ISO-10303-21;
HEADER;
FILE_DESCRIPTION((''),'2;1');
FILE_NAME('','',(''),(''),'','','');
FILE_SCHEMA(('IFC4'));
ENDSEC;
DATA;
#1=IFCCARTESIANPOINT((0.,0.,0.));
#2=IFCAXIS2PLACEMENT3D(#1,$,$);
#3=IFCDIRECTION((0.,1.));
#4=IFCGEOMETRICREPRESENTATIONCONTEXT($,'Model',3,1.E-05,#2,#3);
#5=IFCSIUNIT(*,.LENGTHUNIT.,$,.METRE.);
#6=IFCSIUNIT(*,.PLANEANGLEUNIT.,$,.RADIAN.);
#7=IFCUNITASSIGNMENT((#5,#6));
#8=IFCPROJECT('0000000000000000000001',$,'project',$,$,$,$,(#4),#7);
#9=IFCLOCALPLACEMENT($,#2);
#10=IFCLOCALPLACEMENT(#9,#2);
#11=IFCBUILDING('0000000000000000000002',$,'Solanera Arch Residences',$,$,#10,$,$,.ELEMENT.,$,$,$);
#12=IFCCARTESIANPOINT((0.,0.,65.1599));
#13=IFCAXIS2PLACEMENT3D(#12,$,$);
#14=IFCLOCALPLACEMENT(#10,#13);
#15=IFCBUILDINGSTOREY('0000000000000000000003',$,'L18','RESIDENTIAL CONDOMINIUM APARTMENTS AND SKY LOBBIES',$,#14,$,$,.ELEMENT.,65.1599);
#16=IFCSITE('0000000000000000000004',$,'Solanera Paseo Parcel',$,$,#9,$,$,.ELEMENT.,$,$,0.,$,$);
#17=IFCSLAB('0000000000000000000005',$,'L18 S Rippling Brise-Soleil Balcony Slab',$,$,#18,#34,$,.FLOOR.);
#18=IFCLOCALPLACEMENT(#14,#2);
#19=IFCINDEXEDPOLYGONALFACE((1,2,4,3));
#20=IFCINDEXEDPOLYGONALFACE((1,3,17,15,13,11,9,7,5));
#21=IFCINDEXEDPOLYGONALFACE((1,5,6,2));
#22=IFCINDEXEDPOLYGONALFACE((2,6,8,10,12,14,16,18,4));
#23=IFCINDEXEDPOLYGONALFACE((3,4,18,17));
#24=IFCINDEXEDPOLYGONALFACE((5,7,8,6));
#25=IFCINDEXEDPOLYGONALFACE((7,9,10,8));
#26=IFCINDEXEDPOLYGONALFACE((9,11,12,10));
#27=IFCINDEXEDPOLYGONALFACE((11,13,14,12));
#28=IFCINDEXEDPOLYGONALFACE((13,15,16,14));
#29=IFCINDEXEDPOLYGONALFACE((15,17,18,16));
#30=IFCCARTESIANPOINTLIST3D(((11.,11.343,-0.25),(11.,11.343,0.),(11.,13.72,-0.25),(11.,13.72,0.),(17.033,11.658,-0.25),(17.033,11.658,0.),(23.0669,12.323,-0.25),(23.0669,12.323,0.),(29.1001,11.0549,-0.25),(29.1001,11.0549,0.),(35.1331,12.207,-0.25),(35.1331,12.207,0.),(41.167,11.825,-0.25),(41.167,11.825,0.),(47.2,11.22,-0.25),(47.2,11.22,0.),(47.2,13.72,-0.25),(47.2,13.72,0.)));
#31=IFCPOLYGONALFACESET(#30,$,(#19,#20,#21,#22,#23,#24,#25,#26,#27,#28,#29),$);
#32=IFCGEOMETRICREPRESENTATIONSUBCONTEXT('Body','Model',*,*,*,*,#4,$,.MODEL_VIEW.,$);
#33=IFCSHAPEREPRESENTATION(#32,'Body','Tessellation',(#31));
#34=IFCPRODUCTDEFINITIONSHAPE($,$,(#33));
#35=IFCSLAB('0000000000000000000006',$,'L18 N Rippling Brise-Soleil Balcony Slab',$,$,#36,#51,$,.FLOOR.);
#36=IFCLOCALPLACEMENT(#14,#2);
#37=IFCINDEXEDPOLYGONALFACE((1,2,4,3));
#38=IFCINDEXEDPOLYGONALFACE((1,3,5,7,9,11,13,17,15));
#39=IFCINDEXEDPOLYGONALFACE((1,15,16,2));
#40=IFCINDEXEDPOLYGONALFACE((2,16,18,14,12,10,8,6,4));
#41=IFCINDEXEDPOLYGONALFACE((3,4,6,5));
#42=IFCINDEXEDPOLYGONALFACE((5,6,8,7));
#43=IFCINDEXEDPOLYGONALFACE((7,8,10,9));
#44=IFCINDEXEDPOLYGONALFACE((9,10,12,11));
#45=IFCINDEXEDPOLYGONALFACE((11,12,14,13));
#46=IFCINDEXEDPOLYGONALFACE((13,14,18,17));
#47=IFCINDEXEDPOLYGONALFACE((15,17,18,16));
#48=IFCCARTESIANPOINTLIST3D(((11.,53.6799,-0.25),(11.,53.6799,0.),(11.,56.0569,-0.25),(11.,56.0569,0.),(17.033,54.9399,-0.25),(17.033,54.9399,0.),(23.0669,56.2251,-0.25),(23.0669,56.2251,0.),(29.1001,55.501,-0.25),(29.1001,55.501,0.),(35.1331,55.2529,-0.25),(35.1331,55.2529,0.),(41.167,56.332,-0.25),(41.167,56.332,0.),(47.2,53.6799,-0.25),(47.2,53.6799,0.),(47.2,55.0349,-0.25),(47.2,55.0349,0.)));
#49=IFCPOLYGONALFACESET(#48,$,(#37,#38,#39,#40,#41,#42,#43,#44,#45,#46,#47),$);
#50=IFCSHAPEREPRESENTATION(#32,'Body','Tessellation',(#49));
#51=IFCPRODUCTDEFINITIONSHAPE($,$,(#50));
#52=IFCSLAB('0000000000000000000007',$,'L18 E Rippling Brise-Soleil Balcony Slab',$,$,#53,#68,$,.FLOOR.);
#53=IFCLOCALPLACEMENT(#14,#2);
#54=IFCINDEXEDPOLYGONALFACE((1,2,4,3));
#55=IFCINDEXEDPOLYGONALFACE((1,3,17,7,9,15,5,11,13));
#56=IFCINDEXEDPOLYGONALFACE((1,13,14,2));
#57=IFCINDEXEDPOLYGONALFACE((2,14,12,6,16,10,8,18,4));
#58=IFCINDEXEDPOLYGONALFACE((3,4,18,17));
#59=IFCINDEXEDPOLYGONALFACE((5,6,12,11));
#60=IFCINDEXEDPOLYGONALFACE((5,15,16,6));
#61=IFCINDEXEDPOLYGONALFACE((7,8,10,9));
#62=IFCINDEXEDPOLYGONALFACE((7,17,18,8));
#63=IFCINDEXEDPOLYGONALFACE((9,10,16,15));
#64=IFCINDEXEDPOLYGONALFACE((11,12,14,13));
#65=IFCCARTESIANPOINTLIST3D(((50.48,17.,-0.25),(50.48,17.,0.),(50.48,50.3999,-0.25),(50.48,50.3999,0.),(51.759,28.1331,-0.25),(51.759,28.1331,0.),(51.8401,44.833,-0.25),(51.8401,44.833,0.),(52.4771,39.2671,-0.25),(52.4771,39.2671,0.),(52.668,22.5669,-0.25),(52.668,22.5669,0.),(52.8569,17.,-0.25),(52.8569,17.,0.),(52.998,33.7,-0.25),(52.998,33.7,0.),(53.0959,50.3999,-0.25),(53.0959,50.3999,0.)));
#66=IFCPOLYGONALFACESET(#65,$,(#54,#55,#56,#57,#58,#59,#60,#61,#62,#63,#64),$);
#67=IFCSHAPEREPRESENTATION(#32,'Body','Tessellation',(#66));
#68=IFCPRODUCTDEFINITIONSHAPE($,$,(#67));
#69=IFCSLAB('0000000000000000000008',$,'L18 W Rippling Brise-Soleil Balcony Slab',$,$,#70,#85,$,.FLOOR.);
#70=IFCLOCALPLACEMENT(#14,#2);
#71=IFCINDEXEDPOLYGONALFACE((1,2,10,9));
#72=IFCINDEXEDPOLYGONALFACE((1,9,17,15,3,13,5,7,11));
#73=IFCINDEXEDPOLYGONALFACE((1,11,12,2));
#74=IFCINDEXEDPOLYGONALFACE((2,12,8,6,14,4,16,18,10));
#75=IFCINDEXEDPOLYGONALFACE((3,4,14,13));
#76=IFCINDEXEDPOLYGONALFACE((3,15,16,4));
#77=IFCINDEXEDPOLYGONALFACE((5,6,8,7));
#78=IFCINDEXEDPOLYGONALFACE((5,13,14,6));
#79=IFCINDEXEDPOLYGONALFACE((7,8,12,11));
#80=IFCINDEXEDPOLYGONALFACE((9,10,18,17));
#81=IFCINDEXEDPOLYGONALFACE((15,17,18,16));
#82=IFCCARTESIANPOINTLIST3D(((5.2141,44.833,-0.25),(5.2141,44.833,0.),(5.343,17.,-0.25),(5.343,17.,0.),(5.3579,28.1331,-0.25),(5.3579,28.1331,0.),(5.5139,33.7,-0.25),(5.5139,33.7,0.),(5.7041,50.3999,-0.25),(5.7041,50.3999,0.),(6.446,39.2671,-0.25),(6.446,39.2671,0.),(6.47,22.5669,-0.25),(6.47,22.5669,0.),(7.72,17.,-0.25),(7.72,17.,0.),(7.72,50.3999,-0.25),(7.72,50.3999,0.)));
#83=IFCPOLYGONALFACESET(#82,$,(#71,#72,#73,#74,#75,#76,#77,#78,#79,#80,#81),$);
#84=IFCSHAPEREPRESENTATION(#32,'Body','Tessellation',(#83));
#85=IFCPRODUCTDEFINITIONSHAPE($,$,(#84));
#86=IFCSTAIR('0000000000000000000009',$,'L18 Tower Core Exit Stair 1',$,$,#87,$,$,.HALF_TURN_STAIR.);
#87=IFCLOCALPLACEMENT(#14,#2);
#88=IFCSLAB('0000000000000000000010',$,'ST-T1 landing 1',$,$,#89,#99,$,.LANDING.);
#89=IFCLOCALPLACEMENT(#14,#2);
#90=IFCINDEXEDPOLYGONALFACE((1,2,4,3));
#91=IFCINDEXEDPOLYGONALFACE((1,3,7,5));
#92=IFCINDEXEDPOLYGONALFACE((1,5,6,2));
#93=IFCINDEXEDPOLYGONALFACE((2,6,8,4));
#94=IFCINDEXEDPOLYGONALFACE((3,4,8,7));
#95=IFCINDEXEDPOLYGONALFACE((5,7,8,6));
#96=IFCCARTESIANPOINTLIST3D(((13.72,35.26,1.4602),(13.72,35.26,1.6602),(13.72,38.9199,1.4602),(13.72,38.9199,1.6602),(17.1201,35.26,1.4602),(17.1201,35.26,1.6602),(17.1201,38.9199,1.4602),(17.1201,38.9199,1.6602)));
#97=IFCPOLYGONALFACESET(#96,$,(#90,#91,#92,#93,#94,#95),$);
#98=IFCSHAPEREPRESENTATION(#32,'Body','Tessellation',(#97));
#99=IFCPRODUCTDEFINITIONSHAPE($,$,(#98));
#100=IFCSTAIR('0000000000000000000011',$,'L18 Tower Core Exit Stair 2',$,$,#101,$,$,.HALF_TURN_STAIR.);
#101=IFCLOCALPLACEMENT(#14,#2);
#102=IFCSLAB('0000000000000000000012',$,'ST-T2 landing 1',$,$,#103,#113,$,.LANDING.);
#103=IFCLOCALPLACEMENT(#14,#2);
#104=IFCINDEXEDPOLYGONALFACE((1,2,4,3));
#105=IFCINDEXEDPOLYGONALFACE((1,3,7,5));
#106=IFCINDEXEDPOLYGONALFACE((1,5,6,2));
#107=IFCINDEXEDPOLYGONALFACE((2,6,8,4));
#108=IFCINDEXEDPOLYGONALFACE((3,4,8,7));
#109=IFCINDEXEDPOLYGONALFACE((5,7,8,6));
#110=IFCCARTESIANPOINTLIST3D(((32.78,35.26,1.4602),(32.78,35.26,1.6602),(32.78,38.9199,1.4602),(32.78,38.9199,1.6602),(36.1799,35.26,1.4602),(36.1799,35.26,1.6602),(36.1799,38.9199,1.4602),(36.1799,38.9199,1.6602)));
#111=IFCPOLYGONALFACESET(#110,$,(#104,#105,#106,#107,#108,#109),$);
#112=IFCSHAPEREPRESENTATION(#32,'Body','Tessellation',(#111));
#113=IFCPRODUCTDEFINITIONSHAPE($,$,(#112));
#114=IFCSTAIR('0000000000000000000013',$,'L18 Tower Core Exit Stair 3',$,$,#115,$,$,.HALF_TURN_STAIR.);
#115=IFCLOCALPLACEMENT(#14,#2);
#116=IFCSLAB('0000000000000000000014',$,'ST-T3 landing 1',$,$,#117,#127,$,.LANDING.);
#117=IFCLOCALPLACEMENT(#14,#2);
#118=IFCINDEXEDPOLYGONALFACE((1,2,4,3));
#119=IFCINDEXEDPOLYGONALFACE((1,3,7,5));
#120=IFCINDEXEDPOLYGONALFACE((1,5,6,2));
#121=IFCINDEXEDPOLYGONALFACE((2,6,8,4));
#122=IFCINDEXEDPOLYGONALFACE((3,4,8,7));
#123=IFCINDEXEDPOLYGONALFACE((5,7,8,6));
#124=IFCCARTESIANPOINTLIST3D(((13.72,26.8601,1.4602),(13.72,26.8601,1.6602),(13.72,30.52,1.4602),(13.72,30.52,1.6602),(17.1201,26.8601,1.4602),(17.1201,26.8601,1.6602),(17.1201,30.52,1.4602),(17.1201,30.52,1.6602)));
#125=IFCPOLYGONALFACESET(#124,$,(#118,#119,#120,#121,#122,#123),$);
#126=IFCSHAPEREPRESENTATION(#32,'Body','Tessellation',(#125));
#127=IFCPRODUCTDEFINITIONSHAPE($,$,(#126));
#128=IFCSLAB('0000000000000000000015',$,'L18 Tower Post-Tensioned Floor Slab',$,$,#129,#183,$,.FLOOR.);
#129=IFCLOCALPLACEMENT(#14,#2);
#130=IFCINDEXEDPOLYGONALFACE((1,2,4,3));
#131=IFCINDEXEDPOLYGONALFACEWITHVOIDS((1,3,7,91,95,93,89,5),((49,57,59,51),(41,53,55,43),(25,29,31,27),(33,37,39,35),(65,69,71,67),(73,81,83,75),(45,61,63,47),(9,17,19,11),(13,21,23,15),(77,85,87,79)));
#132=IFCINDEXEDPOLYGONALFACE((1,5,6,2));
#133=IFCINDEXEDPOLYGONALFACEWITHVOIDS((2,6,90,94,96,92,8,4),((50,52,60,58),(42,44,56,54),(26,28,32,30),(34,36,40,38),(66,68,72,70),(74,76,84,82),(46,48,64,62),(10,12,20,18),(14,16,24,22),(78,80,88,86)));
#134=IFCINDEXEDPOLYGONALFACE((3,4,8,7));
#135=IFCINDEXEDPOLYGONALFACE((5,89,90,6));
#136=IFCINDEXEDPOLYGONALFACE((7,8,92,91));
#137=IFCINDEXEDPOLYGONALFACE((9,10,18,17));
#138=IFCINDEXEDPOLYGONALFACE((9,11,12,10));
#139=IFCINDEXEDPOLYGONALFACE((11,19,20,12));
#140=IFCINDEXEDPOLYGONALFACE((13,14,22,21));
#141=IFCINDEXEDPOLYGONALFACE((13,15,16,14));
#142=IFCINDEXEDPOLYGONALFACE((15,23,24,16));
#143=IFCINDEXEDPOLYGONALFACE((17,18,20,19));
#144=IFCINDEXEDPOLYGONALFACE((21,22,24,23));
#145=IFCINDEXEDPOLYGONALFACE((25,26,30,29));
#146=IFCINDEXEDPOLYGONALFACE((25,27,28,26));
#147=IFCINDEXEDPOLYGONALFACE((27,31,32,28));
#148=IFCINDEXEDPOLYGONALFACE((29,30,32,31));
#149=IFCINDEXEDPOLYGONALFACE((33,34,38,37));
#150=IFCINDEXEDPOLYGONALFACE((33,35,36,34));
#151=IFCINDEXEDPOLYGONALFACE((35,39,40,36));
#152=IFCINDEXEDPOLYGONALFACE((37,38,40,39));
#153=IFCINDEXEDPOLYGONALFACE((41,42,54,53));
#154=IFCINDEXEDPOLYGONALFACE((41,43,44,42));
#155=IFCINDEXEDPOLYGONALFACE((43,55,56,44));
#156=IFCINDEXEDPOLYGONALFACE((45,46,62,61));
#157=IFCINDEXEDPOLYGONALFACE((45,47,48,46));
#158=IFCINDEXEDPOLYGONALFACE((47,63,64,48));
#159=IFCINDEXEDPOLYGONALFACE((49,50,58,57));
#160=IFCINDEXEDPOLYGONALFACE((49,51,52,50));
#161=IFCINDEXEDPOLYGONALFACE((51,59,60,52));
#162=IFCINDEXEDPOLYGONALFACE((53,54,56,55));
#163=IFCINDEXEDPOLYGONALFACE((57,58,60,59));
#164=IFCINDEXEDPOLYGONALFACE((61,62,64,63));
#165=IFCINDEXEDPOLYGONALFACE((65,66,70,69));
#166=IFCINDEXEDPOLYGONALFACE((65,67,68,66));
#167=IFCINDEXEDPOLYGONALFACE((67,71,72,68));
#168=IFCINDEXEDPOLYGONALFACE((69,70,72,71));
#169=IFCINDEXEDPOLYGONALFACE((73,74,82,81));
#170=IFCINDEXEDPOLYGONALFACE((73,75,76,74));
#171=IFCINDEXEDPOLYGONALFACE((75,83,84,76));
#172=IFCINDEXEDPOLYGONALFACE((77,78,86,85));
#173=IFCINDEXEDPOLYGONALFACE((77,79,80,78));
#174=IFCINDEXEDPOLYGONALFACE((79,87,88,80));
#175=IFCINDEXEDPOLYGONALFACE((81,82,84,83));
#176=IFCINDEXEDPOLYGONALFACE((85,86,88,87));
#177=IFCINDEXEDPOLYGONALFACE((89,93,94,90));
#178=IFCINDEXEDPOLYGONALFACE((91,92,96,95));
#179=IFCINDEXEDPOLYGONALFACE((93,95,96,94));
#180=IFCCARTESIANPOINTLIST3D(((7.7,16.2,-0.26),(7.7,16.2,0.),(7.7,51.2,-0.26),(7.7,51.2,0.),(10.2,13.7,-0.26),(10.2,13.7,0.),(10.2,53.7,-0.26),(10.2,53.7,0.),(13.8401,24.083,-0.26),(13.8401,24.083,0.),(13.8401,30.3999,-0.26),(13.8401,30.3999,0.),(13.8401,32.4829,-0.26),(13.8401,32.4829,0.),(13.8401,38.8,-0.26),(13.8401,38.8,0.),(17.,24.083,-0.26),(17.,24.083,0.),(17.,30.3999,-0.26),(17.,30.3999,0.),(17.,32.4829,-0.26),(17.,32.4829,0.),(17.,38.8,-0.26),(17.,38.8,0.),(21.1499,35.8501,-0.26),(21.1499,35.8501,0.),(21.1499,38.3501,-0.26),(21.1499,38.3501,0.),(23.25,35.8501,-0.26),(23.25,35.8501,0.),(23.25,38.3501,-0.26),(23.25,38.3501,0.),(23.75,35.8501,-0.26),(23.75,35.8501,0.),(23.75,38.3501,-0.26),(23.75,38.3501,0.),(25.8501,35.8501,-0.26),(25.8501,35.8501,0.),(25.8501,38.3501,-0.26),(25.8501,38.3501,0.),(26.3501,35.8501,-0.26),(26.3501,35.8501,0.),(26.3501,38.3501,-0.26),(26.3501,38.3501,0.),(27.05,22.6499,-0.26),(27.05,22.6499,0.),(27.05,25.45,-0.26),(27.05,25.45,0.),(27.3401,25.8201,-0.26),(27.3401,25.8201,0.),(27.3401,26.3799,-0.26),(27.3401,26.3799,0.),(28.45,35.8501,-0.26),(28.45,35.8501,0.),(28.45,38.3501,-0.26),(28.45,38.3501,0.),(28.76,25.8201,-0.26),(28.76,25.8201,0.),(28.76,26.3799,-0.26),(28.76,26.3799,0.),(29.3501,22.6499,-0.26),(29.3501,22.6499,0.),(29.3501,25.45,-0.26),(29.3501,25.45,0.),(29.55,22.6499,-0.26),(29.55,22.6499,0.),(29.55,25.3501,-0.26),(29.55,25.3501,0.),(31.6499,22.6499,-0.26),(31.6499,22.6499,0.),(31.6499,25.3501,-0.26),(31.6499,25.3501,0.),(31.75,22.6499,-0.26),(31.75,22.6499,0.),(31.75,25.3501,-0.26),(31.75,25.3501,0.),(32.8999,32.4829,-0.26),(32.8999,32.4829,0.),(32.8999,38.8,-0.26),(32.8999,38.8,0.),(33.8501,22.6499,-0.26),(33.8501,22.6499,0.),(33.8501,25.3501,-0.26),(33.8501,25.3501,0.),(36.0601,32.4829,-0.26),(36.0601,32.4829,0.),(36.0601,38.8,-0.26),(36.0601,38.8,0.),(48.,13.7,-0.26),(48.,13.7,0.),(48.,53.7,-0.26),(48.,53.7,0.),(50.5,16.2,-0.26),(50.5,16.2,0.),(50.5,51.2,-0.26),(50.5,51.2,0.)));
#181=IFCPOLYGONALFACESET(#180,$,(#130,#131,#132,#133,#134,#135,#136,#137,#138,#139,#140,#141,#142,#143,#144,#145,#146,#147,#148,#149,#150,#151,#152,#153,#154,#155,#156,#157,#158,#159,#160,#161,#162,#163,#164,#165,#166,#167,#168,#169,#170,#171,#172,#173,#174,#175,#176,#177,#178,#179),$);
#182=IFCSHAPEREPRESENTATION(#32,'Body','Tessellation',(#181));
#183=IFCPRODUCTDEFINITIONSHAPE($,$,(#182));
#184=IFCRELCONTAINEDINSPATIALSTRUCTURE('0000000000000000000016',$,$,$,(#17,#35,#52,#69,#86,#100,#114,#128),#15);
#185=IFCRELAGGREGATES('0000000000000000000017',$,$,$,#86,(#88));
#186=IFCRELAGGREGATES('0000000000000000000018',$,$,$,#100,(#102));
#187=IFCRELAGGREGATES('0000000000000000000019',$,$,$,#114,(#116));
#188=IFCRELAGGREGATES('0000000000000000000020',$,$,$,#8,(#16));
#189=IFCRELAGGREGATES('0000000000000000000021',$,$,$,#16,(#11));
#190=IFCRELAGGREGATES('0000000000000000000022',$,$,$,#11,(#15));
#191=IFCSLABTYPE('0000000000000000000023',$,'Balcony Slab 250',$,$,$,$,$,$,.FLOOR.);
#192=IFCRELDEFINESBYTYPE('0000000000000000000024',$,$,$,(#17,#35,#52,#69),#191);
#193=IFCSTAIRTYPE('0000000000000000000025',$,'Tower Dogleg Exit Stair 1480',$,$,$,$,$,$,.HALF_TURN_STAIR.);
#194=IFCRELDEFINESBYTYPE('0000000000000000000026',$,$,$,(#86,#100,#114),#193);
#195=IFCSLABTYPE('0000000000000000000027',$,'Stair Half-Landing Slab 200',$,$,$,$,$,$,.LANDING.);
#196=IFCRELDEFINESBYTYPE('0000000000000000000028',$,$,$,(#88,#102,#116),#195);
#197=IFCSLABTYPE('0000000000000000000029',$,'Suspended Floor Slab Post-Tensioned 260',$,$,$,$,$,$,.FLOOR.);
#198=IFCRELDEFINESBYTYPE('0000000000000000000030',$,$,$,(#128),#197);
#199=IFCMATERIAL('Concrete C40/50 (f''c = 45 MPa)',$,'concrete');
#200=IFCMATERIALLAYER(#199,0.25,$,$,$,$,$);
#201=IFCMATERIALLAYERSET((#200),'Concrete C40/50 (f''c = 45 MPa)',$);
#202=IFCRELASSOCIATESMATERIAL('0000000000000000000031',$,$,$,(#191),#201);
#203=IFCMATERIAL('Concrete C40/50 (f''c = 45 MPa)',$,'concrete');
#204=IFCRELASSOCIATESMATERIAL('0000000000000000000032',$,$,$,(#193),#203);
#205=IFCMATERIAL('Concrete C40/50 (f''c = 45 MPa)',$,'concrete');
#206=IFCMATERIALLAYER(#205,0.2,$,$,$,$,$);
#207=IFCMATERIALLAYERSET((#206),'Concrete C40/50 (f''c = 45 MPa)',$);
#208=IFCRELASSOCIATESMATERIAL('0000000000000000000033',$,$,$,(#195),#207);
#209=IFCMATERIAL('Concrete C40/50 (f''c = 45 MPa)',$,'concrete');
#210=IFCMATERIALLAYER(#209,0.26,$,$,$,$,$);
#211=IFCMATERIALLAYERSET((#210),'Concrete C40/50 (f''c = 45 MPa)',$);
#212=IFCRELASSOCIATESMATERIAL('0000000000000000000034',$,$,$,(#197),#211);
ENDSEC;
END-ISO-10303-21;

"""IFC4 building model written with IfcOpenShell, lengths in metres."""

from ifc_helpers import new_model, si_unit, direction, frame, origin, place, context, subcontext, project, spatial, polyline, outline, extrude, material, layer, layer_set, type_object, element, aggregate, save


model = new_model("IFC4")

# Units and contexts
model_context = context("Model", 3, precision=1e-05, world=origin(), true_north=direction((0.0, 1.0)))
body_context = subcontext(model_context, "Body", "Model", "MODEL_VIEW")
ifc_project = project(units=[si_unit("LENGTHUNIT", "METRE"), si_unit("PLANEANGLEUNIT", "RADIAN")], contexts=[model_context])

# Site, building, storey
site_placement = place(None, origin())
site = spatial("IfcSite", under=ifc_project, at=site_placement, Name="Solanera Paseo Parcel", CompositionType="ELEMENT", RefElevation=0.0)
building_placement = place(site_placement, origin())
building = spatial("IfcBuilding", under=site, at=building_placement, Name="Solanera Arch Residences", CompositionType="ELEMENT")
storey_placement = place(building_placement, frame((0.0, 0.0, 65.1599)))
storey = spatial("IfcBuildingStorey", under=building, at=storey_placement, Name="L18", Description="RESIDENTIAL CONDOMINIUM APARTMENTS AND SKY LOBBIES", CompositionType="ELEMENT", Elevation=65.1599)

# Slabs
ifc_material_1 = material(Name="Concrete C40/50 (f'c = 45 MPa)", Category="concrete")
ifc_layer_1 = layer(ifc_material_1, 0.25)
ifc_layer_set_1 = layer_set([ifc_layer_1], Name="Concrete C40/50 (f'c = 45 MPa)")
slab_type_1 = type_object("IfcSlabType", Name="Balcony Slab 250", PredefinedType="FLOOR", material=ifc_layer_set_1)
slab_1_placement = place(storey_placement, frame((0.0, 0.0, -0.25)))
element("IfcSlab", 1, at=slab_1_placement, inside=storey, type_object=slab_type_1, Name="L18 S Rippling Brise-Soleil Balcony Slab", PredefinedType="FLOOR", context=body_context, shape_type="SweptSolid", body=[
    extrude(outline(polyline([(11.0, 11.343), (17.033, 11.658), (23.0669, 12.323), (29.1001, 11.0549), (35.1331, 12.207), (41.167, 11.825), (47.2, 11.22), (47.2, 13.72), (11.0, 13.72), (11.0, 11.343)])), origin(), (0.0, 0.0, 1.0), 0.25),
])
slab_2_placement = place(storey_placement, frame((0.0, 0.0, -0.25)))
element("IfcSlab", 2, at=slab_2_placement, inside=storey, type_object=slab_type_1, Name="L18 N Rippling Brise-Soleil Balcony Slab", PredefinedType="FLOOR", context=body_context, shape_type="SweptSolid", body=[
    extrude(outline(polyline([(47.2, 55.0349), (41.167, 56.332), (35.1331, 55.2529), (29.1001, 55.501), (23.0669, 56.2251), (17.033, 54.9399), (11.0, 56.0569), (11.0, 53.6799), (47.2, 53.6799), (47.2, 55.0349)])), origin(), (0.0, 0.0, 1.0), 0.25),
])
slab_3_placement = place(storey_placement, frame((0.0, 0.0, -0.25)))
element("IfcSlab", 3, at=slab_3_placement, inside=storey, type_object=slab_type_1, Name="L18 E Rippling Brise-Soleil Balcony Slab", PredefinedType="FLOOR", context=body_context, shape_type="SweptSolid", body=[
    extrude(outline(polyline([(52.8569, 17.0), (52.668, 22.5669), (51.759, 28.1331), (52.998, 33.7), (52.4771, 39.2671), (51.8401, 44.833), (53.0959, 50.3999), (50.48, 50.3999), (50.48, 17.0), (52.8569, 17.0)])), origin(), (0.0, 0.0, 1.0), 0.25),
])
slab_4_placement = place(storey_placement, frame((0.0, 0.0, -0.25)))
element("IfcSlab", 4, at=slab_4_placement, inside=storey, type_object=slab_type_1, Name="L18 W Rippling Brise-Soleil Balcony Slab", PredefinedType="FLOOR", context=body_context, shape_type="SweptSolid", body=[
    extrude(outline(polyline([(5.7041, 50.3999), (5.2141, 44.833), (6.446, 39.2671), (5.5139, 33.7), (5.3579, 28.1331), (6.47, 22.5669), (5.343, 17.0), (7.72, 17.0), (7.72, 50.3999), (5.7041, 50.3999)])), origin(), (0.0, 0.0, 1.0), 0.25),
])

# Stairs, slabs
ifc_material_2 = material(Name="Concrete C40/50 (f'c = 45 MPa)", Category="concrete")
stair_type = type_object("IfcStairType", Name="Tower Dogleg Exit Stair 1480", PredefinedType="HALF_TURN_STAIR", material=ifc_material_2)
stair_1_placement = place(storey_placement, origin())
stair_1 = element("IfcStair", 5, at=stair_1_placement, inside=storey, type_object=stair_type, Name="L18 Tower Core Exit Stair 1", PredefinedType="HALF_TURN_STAIR")
ifc_material_3 = material(Name="Concrete C40/50 (f'c = 45 MPa)", Category="concrete")
ifc_layer_2 = layer(ifc_material_3, 0.2)
ifc_layer_set_2 = layer_set([ifc_layer_2], Name="Concrete C40/50 (f'c = 45 MPa)")
slab_type_2 = type_object("IfcSlabType", Name="Stair Half-Landing Slab 200", PredefinedType="LANDING", material=ifc_layer_set_2)
slab_5_placement = place(storey_placement, frame((0.0, 0.0, 1.4602)))
slab_5 = element("IfcSlab", 6, at=slab_5_placement, type_object=slab_type_2, Name="ST-T1 landing 1", PredefinedType="LANDING", context=body_context, shape_type="SweptSolid", body=[
    extrude(outline(polyline([(17.1201, 35.26), (17.1201, 38.9199), (13.72, 38.9199), (13.72, 35.26), (17.1201, 35.26)])), origin(), (0.0, 0.0, 1.0), 0.2),
])
aggregate(stair_1, [slab_5])
stair_2_placement = place(storey_placement, origin())
stair_2 = element("IfcStair", 7, at=stair_2_placement, inside=storey, type_object=stair_type, Name="L18 Tower Core Exit Stair 2", PredefinedType="HALF_TURN_STAIR")
slab_6_placement = place(storey_placement, frame((0.0, 0.0, 1.4602)))
slab_6 = element("IfcSlab", 8, at=slab_6_placement, type_object=slab_type_2, Name="ST-T2 landing 1", PredefinedType="LANDING", context=body_context, shape_type="SweptSolid", body=[
    extrude(outline(polyline([(36.1799, 35.26), (36.1799, 38.9199), (32.78, 38.9199), (32.78, 35.26), (36.1799, 35.26)])), origin(), (0.0, 0.0, 1.0), 0.2),
])
aggregate(stair_2, [slab_6])
stair_3_placement = place(storey_placement, origin())
stair_3 = element("IfcStair", 9, at=stair_3_placement, inside=storey, type_object=stair_type, Name="L18 Tower Core Exit Stair 3", PredefinedType="HALF_TURN_STAIR")
slab_7_placement = place(storey_placement, frame((0.0, 0.0, 1.4602)))
slab_7 = element("IfcSlab", 10, at=slab_7_placement, type_object=slab_type_2, Name="ST-T3 landing 1", PredefinedType="LANDING", context=body_context, shape_type="SweptSolid", body=[
    extrude(outline(polyline([(17.1201, 26.8601), (17.1201, 30.52), (13.72, 30.52), (13.72, 26.8601), (17.1201, 26.8601)])), origin(), (0.0, 0.0, 1.0), 0.2),
])
aggregate(stair_3, [slab_7])

# Slab
ifc_material_4 = material(Name="Concrete C40/50 (f'c = 45 MPa)", Category="concrete")
ifc_layer_3 = layer(ifc_material_4, 0.26)
ifc_layer_set_3 = layer_set([ifc_layer_3], Name="Concrete C40/50 (f'c = 45 MPa)")
slab_type_3 = type_object("IfcSlabType", Name="Suspended Floor Slab Post-Tensioned 260", PredefinedType="FLOOR", material=ifc_layer_set_3)
slab_8_placement = place(storey_placement, frame((0.0, 0.0, -0.26)))
element("IfcSlab", 11, at=slab_8_placement, inside=storey, type_object=slab_type_3, Name="L18 Tower Post-Tensioned Floor Slab", PredefinedType="FLOOR", context=body_context, shape_type="SweptSolid", body=[
    extrude(outline(polyline([(10.2, 13.7), (48.0, 13.7), (50.5, 16.2), (50.5, 51.2), (48.0, 53.7), (10.2, 53.7), (7.7, 51.2), (7.7, 16.2), (10.2, 13.7)]), holes=[polyline([(13.8401, 32.4829), (13.8401, 38.8), (17.0, 38.8), (17.0, 32.4829), (13.8401, 32.4829)]), polyline([(32.8999, 32.4829), (32.8999, 38.8), (36.0601, 38.8), (36.0601, 32.4829), (32.8999, 32.4829)]), polyline([(13.8401, 24.083), (13.8401, 30.3999), (17.0, 30.3999), (17.0, 24.083), (13.8401, 24.083)]), polyline([(21.1499, 38.3501), (23.25, 38.3501), (23.25, 35.8501), (21.1499, 35.8501), (21.1499, 38.3501)]), polyline([(23.75, 38.3501), (25.8501, 38.3501), (25.8501, 35.8501), (23.75, 35.8501), (23.75, 38.3501)]), polyline([(26.3501, 38.3501), (28.45, 38.3501), (28.45, 35.8501), (26.3501, 35.8501), (26.3501, 38.3501)]), polyline([(29.55, 25.3501), (31.6499, 25.3501), (31.6499, 22.6499), (29.55, 22.6499), (29.55, 25.3501)]), polyline([(31.75, 25.3501), (33.8501, 25.3501), (33.8501, 22.6499), (31.75, 22.6499), (31.75, 25.3501)]), polyline([(27.05, 25.45), (29.3501, 25.45), (29.3501, 22.6499), (27.05, 22.6499), (27.05, 25.45)]), polyline([(27.3401, 26.3799), (28.76, 26.3799), (28.76, 25.8201), (27.3401, 25.8201), (27.3401, 26.3799)])]), origin(), (0.0, 0.0, 1.0), 0.26),
])

save(model, "model.ifc")
